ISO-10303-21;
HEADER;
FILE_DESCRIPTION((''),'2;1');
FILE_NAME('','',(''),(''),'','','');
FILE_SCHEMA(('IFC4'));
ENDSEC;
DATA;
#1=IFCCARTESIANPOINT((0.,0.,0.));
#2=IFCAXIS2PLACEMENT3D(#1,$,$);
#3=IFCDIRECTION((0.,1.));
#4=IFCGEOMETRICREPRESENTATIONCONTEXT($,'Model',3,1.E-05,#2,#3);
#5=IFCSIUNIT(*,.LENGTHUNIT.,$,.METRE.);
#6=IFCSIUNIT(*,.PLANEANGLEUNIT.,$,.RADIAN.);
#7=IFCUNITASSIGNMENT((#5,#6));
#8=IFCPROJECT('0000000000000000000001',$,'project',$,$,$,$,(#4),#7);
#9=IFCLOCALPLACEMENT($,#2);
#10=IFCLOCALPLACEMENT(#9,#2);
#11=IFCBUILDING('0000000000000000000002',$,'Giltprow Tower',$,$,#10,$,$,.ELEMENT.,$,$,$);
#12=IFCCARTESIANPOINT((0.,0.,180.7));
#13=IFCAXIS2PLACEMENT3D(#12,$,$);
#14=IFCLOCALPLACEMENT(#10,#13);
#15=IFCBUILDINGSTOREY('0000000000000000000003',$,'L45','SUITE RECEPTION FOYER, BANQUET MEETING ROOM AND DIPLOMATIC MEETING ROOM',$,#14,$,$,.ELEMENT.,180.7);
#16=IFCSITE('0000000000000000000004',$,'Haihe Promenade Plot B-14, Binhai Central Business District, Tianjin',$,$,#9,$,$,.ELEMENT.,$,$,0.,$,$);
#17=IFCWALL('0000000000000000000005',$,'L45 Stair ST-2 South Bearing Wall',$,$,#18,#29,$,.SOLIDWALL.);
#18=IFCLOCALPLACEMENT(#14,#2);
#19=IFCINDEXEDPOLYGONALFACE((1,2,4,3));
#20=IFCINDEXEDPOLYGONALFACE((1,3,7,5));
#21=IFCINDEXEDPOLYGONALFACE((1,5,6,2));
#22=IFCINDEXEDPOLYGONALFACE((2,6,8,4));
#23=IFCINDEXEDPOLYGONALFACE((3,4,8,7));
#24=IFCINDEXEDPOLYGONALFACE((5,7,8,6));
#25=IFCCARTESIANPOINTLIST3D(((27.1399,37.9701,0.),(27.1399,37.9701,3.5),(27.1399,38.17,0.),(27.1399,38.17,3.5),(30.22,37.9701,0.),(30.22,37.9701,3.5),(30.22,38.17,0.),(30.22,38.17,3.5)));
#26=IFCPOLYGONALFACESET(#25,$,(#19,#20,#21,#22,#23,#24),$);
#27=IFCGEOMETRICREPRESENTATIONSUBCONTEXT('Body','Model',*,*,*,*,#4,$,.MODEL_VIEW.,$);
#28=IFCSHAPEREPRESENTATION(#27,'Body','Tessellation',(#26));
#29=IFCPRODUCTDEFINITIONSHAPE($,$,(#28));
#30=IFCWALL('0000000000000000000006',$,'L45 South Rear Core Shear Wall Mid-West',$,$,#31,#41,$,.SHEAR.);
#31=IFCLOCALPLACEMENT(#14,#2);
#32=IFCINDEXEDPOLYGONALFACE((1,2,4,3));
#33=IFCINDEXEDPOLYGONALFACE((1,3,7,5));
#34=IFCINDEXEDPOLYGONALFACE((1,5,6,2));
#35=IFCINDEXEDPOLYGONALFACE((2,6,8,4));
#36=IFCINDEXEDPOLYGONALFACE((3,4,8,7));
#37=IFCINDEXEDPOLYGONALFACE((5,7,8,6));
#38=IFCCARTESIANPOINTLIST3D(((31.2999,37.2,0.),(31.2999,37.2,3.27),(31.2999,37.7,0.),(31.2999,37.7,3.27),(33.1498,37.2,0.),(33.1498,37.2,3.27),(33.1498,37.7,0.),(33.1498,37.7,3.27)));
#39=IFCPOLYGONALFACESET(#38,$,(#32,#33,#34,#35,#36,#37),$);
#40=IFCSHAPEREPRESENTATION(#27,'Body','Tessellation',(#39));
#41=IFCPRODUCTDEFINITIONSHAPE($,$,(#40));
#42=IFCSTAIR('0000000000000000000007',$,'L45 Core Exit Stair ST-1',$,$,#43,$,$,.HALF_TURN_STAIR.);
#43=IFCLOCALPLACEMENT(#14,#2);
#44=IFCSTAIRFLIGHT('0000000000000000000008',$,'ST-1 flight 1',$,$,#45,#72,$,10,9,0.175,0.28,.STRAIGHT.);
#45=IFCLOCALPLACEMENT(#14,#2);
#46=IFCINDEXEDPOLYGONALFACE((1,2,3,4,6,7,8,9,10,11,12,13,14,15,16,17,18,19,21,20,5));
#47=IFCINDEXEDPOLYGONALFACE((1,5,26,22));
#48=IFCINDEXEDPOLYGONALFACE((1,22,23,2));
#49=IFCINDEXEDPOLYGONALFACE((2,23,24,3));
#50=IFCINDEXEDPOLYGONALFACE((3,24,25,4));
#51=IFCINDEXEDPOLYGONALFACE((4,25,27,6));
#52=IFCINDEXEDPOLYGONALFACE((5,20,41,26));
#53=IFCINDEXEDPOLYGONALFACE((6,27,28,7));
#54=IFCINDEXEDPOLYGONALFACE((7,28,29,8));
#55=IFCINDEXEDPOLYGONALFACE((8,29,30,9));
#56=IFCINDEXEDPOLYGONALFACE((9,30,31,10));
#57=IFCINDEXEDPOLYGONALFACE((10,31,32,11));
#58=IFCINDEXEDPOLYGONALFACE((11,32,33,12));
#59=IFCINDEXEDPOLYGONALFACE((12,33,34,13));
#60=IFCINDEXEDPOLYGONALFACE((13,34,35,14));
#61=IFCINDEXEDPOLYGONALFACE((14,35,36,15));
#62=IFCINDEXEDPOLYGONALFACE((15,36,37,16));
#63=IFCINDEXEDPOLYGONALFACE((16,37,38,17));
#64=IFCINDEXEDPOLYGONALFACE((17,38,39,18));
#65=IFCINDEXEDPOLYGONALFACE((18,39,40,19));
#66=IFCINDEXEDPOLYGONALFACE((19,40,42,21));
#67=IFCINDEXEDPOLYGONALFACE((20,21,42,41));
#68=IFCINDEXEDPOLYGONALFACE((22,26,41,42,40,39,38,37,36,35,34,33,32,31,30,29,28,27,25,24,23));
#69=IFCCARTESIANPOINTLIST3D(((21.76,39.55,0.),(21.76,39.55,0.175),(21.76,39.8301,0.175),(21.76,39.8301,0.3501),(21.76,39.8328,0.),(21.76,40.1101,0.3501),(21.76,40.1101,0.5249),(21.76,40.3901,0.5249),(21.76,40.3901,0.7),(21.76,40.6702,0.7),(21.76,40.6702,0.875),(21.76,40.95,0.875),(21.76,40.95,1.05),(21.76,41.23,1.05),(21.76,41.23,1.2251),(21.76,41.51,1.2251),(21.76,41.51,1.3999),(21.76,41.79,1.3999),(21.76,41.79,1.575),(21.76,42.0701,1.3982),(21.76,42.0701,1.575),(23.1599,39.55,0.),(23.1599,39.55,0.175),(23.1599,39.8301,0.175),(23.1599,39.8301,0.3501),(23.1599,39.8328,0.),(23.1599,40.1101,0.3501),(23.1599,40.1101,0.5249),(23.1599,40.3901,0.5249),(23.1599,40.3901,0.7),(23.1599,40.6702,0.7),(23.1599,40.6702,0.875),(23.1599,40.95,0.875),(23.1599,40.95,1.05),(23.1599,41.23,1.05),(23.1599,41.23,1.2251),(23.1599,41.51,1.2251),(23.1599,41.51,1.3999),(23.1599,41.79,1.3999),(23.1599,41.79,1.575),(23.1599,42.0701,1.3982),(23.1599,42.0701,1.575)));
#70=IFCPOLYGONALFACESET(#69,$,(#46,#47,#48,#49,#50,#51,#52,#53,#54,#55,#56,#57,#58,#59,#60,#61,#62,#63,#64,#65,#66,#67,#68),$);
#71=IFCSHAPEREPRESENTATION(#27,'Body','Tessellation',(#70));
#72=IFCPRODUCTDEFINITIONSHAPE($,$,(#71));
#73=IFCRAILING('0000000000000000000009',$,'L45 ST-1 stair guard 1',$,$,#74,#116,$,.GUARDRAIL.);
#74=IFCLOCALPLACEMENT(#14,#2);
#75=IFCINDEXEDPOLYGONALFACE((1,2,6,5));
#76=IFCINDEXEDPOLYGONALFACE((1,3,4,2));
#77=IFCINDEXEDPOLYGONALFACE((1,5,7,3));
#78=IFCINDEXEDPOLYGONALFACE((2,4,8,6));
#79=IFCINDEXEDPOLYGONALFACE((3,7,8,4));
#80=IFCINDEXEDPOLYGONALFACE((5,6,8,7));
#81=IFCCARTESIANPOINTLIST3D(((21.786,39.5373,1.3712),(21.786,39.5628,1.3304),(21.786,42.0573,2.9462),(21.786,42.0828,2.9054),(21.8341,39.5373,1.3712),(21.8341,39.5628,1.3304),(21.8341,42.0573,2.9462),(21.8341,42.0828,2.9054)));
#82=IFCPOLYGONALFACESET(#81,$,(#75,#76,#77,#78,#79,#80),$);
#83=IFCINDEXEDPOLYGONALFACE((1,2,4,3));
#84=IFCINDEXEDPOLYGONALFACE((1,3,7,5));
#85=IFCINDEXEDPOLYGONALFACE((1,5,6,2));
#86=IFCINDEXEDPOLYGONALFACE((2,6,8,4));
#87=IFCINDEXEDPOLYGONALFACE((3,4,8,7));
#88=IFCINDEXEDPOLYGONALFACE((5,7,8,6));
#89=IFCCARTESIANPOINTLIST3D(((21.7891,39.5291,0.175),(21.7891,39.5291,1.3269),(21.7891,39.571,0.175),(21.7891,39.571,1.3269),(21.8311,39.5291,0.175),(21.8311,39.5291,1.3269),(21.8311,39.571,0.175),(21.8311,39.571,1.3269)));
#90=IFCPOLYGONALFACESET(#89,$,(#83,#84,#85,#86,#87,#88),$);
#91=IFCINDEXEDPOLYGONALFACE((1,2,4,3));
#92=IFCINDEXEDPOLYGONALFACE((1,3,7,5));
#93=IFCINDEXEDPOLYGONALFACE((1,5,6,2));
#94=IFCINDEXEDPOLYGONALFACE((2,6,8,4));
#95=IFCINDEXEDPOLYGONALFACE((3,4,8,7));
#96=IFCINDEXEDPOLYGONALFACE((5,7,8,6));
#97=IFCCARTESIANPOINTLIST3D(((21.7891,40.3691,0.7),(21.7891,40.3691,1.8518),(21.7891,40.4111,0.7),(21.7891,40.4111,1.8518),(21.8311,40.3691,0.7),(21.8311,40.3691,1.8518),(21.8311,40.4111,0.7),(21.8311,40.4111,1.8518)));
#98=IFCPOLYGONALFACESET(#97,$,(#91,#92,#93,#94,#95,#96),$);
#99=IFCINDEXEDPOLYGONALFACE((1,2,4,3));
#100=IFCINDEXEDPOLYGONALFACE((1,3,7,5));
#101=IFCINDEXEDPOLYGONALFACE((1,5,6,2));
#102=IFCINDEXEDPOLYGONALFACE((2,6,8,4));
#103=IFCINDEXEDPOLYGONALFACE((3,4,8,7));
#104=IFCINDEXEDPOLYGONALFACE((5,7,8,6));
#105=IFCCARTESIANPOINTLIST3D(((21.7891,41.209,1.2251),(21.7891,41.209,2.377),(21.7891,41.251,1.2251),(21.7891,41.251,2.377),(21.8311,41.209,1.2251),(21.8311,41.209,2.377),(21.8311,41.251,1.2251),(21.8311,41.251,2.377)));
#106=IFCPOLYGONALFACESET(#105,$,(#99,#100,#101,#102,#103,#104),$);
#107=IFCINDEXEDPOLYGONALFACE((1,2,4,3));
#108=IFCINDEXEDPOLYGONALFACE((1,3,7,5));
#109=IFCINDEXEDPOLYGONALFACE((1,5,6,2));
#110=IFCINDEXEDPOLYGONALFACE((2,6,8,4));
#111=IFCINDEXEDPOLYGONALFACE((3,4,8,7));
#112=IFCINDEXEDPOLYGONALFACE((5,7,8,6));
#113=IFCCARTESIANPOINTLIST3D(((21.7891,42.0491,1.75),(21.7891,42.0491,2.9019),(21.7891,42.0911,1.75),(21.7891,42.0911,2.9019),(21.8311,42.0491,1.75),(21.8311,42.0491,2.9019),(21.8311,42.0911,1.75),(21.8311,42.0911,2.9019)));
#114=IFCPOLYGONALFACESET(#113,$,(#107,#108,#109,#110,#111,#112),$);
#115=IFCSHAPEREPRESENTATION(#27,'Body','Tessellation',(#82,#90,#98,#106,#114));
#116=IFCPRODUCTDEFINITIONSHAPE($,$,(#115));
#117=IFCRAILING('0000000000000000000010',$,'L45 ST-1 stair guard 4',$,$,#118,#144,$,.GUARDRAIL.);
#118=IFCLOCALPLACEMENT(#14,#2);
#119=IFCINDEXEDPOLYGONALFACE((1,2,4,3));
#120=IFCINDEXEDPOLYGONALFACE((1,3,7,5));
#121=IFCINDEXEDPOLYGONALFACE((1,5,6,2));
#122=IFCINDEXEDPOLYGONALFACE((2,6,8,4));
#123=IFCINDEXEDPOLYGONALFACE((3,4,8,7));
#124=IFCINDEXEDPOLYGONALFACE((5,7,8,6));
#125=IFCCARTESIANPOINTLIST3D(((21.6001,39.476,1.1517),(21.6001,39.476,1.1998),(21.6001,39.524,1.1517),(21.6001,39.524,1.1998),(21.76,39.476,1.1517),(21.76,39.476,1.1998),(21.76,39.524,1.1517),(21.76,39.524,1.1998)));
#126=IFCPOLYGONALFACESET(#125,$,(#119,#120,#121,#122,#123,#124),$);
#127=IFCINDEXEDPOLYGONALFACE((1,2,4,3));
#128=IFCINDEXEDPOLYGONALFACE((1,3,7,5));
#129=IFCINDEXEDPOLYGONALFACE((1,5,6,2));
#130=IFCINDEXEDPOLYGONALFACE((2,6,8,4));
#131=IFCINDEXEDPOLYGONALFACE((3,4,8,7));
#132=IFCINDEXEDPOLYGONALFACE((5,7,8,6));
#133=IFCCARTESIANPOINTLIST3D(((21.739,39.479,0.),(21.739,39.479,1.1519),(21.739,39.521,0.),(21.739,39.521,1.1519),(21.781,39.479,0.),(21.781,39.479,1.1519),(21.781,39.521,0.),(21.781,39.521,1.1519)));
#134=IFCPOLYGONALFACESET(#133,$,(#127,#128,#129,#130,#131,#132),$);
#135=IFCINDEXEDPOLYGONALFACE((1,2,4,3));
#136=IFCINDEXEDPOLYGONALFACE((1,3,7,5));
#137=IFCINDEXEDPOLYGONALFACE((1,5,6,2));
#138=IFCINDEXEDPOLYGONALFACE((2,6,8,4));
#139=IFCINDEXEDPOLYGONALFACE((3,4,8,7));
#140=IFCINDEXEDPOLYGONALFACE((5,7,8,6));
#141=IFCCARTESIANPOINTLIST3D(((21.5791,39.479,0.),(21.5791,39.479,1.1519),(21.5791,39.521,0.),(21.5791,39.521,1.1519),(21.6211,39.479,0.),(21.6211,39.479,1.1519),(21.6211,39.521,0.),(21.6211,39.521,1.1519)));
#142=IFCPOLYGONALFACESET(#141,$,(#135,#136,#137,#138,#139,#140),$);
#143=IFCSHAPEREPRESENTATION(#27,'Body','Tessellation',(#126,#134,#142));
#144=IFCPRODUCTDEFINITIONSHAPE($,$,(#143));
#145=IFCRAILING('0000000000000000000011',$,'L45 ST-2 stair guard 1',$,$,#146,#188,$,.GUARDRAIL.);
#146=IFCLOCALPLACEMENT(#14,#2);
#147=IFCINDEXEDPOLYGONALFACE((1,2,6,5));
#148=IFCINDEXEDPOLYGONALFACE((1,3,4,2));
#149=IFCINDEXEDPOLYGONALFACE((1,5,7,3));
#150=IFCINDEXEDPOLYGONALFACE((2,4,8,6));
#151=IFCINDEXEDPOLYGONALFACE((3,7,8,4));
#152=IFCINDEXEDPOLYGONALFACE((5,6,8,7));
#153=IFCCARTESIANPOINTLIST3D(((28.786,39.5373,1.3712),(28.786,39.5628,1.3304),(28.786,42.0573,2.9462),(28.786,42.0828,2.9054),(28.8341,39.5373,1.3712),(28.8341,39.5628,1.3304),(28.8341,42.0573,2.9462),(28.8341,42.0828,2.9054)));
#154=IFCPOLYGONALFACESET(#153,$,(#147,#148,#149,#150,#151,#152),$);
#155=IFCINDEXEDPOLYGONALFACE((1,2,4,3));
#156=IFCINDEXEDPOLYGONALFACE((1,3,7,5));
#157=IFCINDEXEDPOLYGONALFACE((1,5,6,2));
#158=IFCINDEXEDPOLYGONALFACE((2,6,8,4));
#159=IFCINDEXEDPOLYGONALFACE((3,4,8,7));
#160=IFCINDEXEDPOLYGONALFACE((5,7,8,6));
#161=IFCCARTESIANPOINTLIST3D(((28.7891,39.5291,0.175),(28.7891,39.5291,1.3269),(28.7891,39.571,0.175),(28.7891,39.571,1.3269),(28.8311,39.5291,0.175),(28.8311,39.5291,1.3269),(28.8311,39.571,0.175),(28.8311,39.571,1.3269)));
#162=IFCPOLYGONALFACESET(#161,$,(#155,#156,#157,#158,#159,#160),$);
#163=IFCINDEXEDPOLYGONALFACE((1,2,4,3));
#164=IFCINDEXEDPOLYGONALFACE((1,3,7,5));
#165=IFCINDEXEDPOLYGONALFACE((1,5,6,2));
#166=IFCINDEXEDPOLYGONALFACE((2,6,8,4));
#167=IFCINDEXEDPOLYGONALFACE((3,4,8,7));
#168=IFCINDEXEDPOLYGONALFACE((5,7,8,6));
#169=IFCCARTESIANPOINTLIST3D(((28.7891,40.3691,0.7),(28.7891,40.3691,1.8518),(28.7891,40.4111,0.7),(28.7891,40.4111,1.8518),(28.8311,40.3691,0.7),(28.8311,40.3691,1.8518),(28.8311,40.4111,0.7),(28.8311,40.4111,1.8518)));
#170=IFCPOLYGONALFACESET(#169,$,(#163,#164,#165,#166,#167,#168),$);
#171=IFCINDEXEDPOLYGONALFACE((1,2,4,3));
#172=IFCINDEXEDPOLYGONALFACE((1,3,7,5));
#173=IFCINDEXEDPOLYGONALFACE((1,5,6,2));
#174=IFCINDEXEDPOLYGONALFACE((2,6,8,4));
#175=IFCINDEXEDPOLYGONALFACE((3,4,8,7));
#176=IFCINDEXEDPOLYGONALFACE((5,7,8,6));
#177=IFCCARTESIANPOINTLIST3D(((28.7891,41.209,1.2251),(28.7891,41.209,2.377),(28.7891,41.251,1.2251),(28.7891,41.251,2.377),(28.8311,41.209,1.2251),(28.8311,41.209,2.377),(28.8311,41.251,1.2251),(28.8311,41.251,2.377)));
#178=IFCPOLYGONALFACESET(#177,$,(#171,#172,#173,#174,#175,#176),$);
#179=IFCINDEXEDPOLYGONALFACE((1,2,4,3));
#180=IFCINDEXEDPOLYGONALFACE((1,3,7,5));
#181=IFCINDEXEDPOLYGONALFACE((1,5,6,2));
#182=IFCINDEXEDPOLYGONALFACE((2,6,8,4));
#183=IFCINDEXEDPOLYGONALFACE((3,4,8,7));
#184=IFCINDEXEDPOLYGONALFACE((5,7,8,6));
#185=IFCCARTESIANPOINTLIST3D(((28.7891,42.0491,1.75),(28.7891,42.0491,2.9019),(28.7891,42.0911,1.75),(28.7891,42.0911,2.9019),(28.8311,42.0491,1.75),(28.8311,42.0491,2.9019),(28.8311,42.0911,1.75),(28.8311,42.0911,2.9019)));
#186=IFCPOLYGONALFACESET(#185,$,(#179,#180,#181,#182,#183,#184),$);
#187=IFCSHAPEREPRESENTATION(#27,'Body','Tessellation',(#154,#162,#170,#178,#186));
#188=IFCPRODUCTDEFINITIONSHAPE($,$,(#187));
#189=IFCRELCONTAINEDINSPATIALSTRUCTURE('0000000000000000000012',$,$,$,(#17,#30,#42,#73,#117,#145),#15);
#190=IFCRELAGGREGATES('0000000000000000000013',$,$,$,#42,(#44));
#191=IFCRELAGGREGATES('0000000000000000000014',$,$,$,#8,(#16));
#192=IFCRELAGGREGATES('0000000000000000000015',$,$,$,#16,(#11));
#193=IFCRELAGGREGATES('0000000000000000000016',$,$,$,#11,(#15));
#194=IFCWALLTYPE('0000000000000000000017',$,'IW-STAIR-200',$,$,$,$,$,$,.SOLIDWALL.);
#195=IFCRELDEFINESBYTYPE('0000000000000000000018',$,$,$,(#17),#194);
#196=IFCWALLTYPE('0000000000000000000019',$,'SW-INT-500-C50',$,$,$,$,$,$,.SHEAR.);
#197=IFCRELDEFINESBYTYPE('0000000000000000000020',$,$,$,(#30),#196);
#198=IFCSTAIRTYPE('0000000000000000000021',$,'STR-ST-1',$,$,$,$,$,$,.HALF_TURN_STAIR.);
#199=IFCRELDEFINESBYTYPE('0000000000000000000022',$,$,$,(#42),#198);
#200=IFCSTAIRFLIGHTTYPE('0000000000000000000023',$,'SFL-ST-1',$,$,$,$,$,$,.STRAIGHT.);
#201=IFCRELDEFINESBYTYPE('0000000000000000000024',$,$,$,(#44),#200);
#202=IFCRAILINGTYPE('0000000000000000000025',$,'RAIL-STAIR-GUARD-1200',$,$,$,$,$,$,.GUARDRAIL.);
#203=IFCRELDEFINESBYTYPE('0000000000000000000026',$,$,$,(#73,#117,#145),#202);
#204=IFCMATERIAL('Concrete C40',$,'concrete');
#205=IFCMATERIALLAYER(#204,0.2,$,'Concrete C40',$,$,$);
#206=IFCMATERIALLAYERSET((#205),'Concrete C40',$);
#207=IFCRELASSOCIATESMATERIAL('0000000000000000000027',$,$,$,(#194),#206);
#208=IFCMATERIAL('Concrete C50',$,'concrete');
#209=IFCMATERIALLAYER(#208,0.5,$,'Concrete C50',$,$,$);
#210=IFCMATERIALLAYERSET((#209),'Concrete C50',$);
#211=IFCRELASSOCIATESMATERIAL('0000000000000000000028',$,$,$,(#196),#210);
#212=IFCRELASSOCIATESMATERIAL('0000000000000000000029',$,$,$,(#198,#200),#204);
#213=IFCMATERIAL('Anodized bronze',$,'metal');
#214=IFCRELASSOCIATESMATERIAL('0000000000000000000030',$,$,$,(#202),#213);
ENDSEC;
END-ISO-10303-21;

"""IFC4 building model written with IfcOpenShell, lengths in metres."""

from ifc_helpers import new_model, si_unit, direction, frame, frame_2d, origin, origin_2d, place, context, subcontext, project, spatial, polyline, rectangle, outline, extrude, material, layer, layer_set, type_object, element, aggregate, save


model = new_model("IFC4")

# Units and contexts
model_context = context("Model", 3, precision=1e-05, world=origin(), true_north=direction((0.0, 1.0)))
body_context = subcontext(model_context, "Body", "Model", "MODEL_VIEW")
ifc_project = project(units=[si_unit("LENGTHUNIT", "METRE"), si_unit("PLANEANGLEUNIT", "RADIAN")], contexts=[model_context])

# Site, building, storey
site_placement = place(None, origin())
site = spatial("IfcSite", under=ifc_project, at=site_placement, Name="Haihe Promenade Plot B-14, Binhai Central Business District, Tianjin", CompositionType="ELEMENT", RefElevation=0.0)
building_placement = place(site_placement, origin())
building = spatial("IfcBuilding", under=site, at=building_placement, Name="Giltprow Tower", CompositionType="ELEMENT")
storey_placement = place(building_placement, frame((0.0, 0.0, 180.7)))
storey = spatial("IfcBuildingStorey", under=building, at=storey_placement, Name="L45", Description="SUITE RECEPTION FOYER, BANQUET MEETING ROOM AND DIPLOMATIC MEETING ROOM", CompositionType="ELEMENT", Elevation=180.7)

# Shared definitions
ifc_material_1 = material(Name="Concrete C50", Category="concrete")

# Shared definitions
ifc_material_2 = material(Name="Concrete C40", Category="concrete")
ifc_layer_1 = layer(ifc_material_2, 0.2, Name="Concrete C40")
ifc_layer_set_1 = layer_set([ifc_layer_1], Name="Concrete C40")
wall_type_1 = type_object("IfcWallType", Name="IW-STAIR-200", PredefinedType="SOLIDWALL", material=ifc_layer_set_1)

# Wall
wall_1_placement = place(storey_placement, frame((27.1399, 38.0701, 0.0), z_axis=(0.0, 0.0, 1.0), x_axis=(1.0, 0.0, 0.0)))
element("IfcWall", 1, at=wall_1_placement, inside=storey, type_object=wall_type_1, Name="L45 Stair ST-2 South Bearing Wall", PredefinedType="SOLIDWALL", context=body_context, shape_type="SweptSolid", body=[
    extrude(rectangle(XDim=3.0801, YDim=0.2, at=frame_2d((1.54, 0.0))), origin(), (0.0, 0.0, 1.0), 3.5),
])

# Shared definitions
ifc_layer_2 = layer(ifc_material_1, 0.5, Name="Concrete C50")
ifc_layer_set_2 = layer_set([ifc_layer_2], Name="Concrete C50")
wall_type_2 = type_object("IfcWallType", Name="SW-INT-500-C50", PredefinedType="SHEAR", material=ifc_layer_set_2)

# Wall
wall_2_placement = place(storey_placement, frame((31.3, 37.45, 0.0), z_axis=(0.0, 0.0, 1.0), x_axis=(1.0, 0.0, 0.0)))
element("IfcWall", 2, at=wall_2_placement, inside=storey, type_object=wall_type_2, Name="L45 South Rear Core Shear Wall Mid-West", PredefinedType="SHEAR", context=body_context, shape_type="SweptSolid", body=[
    extrude(rectangle(XDim=1.8499, YDim=0.5, at=frame_2d((0.9248, 0.0))), origin(), (0.0, 0.0, 1.0), 3.27),
])

# Stair, stair flight
stair_type = type_object("IfcStairType", Name="STR-ST-1", PredefinedType="HALF_TURN_STAIR", material=ifc_material_2)
stair_placement = place(storey_placement, origin())
stair = element("IfcStair", 3, at=stair_placement, inside=storey, type_object=stair_type, Name="L45 Core Exit Stair ST-1", PredefinedType="HALF_TURN_STAIR")
stair_flight_type = type_object("IfcStairFlightType", Name="SFL-ST-1", PredefinedType="STRAIGHT", material=ifc_material_2)
stair_flight_placement = place(storey_placement, frame((22.46, 39.55, 0.0), z_axis=(0.0, 0.0, 1.0), x_axis=(0.0, 1.0, 0.0)))
stair_flight = element("IfcStairFlight", 4, at=stair_flight_placement, type_object=stair_flight_type, Name="ST-1 flight 1", NumberOfRisers=10, NumberOfTreads=9, PredefinedType="STRAIGHT", RiserHeight=0.175, TreadLength=0.28, context=body_context, shape_type="SweptSolid", body=[
    extrude(outline(polyline([(0.0, 0.0), (0.0, 0.175), (0.28, 0.175), (0.28, 0.3501), (0.5601, 0.3501), (0.5601, 0.5249), (0.8401, 0.5249), (0.8401, 0.7), (1.1201, 0.7), (1.1201, 0.875), (1.3999, 0.875), (1.3999, 1.05), (1.6799, 1.05), (1.6799, 1.2251), (1.96, 1.2251), (1.96, 1.3999), (2.24, 1.3999), (2.24, 1.575), (2.52, 1.575), (2.52, 1.75), (2.52, 1.3982), (0.2827, 0.0), (0.0, 0.0)])), frame((0.0, 0.7, 0.0), z_axis=(0.0, -1.0, 0.0), x_axis=(1.0, 0.0, 0.0)), (0.0, 0.0, 1.0), 1.3999),
])
aggregate(stair, [stair_flight])

# Railings
ifc_material_3 = material(Name="Anodized bronze", Category="metal")
railing_type_1 = type_object("IfcRailingType", Name="RAIL-STAIR-GUARD-1200", PredefinedType="GUARDRAIL", material=ifc_material_3)
railing_1_placement = place(storey_placement, frame((21.8101, 39.55, 0.175)))
element("IfcRailing", 5, at=railing_1_placement, inside=storey, type_object=railing_type_1, Name="L45 ST-1 stair guard 1", PredefinedType="GUARDRAIL", context=body_context, shape_type="SweptSolid", body=[
    extrude(rectangle(XDim=0.0481, YDim=0.0481, at=origin_2d()), frame((0.0, 0.0, 1.1758), z_axis=(0.0, 0.848008, 0.529984), x_axis=(-1.0, 0.0, 0.0)), (0.0, 0.0, 1.0), 2.9717),
    extrude(rectangle(XDim=0.042, YDim=0.042, at=origin_2d()), origin(), (0.0, 0.0, 1.0), 1.1519),
    extrude(rectangle(XDim=0.042, YDim=0.042, at=origin_2d()), frame((0.0, 0.8401, 0.5249)), (0.0, 0.0, 1.0), 1.1519),
    extrude(rectangle(XDim=0.042, YDim=0.042, at=origin_2d()), frame((0.0, 1.6799, 1.05)), (0.0, 0.0, 1.0), 1.1519),
    extrude(rectangle(XDim=0.042, YDim=0.042, at=origin_2d()), frame((0.0, 2.52, 1.575)), (0.0, 0.0, 1.0), 1.1519),
])
railing_2_placement = place(storey_placement, frame((21.76, 39.5, 0.0)))
element("IfcRailing", 6, at=railing_2_placement, inside=storey, type_object=railing_type_1, Name="L45 ST-1 stair guard 4", PredefinedType="GUARDRAIL", context=body_context, shape_type="SweptSolid", body=[
    extrude(rectangle(XDim=0.0481, YDim=0.0481, at=origin_2d()), frame((0.0, 0.0, 1.1758), z_axis=(-1.0, 0.0, 0.0), x_axis=(0.0, -1.0, 0.0)), (0.0, 0.0, 1.0), 0.1599),
    extrude(rectangle(XDim=0.042, YDim=0.042, at=origin_2d()), origin(), (0.0, 0.0, 1.0), 1.1519),
    extrude(rectangle(XDim=0.042, YDim=0.042, at=origin_2d()), frame((-0.1599, 0.0, 0.0)), (0.0, 0.0, 1.0), 1.1519),
])
railing_3_placement = place(storey_placement, frame((28.8101, 39.55, 0.175)))
element("IfcRailing", 7, at=railing_3_placement, inside=storey, type_object=railing_type_1, Name="L45 ST-2 stair guard 1", PredefinedType="GUARDRAIL", context=body_context, shape_type="SweptSolid", body=[
    extrude(rectangle(XDim=0.0481, YDim=0.0481, at=origin_2d()), frame((0.0, 0.0, 1.1758), z_axis=(0.0, 0.848008, 0.529984), x_axis=(-1.0, 0.0, 0.0)), (0.0, 0.0, 1.0), 2.9717),
    extrude(rectangle(XDim=0.042, YDim=0.042, at=origin_2d()), origin(), (0.0, 0.0, 1.0), 1.1519),
    extrude(rectangle(XDim=0.042, YDim=0.042, at=origin_2d()), frame((0.0, 0.8401, 0.5249)), (0.0, 0.0, 1.0), 1.1519),
    extrude(rectangle(XDim=0.042, YDim=0.042, at=origin_2d()), frame((0.0, 1.6799, 1.05)), (0.0, 0.0, 1.0), 1.1519),
    extrude(rectangle(XDim=0.042, YDim=0.042, at=origin_2d()), frame((0.0, 2.52, 1.575)), (0.0, 0.0, 1.0), 1.1519),
])

save(model, "model.ifc")
